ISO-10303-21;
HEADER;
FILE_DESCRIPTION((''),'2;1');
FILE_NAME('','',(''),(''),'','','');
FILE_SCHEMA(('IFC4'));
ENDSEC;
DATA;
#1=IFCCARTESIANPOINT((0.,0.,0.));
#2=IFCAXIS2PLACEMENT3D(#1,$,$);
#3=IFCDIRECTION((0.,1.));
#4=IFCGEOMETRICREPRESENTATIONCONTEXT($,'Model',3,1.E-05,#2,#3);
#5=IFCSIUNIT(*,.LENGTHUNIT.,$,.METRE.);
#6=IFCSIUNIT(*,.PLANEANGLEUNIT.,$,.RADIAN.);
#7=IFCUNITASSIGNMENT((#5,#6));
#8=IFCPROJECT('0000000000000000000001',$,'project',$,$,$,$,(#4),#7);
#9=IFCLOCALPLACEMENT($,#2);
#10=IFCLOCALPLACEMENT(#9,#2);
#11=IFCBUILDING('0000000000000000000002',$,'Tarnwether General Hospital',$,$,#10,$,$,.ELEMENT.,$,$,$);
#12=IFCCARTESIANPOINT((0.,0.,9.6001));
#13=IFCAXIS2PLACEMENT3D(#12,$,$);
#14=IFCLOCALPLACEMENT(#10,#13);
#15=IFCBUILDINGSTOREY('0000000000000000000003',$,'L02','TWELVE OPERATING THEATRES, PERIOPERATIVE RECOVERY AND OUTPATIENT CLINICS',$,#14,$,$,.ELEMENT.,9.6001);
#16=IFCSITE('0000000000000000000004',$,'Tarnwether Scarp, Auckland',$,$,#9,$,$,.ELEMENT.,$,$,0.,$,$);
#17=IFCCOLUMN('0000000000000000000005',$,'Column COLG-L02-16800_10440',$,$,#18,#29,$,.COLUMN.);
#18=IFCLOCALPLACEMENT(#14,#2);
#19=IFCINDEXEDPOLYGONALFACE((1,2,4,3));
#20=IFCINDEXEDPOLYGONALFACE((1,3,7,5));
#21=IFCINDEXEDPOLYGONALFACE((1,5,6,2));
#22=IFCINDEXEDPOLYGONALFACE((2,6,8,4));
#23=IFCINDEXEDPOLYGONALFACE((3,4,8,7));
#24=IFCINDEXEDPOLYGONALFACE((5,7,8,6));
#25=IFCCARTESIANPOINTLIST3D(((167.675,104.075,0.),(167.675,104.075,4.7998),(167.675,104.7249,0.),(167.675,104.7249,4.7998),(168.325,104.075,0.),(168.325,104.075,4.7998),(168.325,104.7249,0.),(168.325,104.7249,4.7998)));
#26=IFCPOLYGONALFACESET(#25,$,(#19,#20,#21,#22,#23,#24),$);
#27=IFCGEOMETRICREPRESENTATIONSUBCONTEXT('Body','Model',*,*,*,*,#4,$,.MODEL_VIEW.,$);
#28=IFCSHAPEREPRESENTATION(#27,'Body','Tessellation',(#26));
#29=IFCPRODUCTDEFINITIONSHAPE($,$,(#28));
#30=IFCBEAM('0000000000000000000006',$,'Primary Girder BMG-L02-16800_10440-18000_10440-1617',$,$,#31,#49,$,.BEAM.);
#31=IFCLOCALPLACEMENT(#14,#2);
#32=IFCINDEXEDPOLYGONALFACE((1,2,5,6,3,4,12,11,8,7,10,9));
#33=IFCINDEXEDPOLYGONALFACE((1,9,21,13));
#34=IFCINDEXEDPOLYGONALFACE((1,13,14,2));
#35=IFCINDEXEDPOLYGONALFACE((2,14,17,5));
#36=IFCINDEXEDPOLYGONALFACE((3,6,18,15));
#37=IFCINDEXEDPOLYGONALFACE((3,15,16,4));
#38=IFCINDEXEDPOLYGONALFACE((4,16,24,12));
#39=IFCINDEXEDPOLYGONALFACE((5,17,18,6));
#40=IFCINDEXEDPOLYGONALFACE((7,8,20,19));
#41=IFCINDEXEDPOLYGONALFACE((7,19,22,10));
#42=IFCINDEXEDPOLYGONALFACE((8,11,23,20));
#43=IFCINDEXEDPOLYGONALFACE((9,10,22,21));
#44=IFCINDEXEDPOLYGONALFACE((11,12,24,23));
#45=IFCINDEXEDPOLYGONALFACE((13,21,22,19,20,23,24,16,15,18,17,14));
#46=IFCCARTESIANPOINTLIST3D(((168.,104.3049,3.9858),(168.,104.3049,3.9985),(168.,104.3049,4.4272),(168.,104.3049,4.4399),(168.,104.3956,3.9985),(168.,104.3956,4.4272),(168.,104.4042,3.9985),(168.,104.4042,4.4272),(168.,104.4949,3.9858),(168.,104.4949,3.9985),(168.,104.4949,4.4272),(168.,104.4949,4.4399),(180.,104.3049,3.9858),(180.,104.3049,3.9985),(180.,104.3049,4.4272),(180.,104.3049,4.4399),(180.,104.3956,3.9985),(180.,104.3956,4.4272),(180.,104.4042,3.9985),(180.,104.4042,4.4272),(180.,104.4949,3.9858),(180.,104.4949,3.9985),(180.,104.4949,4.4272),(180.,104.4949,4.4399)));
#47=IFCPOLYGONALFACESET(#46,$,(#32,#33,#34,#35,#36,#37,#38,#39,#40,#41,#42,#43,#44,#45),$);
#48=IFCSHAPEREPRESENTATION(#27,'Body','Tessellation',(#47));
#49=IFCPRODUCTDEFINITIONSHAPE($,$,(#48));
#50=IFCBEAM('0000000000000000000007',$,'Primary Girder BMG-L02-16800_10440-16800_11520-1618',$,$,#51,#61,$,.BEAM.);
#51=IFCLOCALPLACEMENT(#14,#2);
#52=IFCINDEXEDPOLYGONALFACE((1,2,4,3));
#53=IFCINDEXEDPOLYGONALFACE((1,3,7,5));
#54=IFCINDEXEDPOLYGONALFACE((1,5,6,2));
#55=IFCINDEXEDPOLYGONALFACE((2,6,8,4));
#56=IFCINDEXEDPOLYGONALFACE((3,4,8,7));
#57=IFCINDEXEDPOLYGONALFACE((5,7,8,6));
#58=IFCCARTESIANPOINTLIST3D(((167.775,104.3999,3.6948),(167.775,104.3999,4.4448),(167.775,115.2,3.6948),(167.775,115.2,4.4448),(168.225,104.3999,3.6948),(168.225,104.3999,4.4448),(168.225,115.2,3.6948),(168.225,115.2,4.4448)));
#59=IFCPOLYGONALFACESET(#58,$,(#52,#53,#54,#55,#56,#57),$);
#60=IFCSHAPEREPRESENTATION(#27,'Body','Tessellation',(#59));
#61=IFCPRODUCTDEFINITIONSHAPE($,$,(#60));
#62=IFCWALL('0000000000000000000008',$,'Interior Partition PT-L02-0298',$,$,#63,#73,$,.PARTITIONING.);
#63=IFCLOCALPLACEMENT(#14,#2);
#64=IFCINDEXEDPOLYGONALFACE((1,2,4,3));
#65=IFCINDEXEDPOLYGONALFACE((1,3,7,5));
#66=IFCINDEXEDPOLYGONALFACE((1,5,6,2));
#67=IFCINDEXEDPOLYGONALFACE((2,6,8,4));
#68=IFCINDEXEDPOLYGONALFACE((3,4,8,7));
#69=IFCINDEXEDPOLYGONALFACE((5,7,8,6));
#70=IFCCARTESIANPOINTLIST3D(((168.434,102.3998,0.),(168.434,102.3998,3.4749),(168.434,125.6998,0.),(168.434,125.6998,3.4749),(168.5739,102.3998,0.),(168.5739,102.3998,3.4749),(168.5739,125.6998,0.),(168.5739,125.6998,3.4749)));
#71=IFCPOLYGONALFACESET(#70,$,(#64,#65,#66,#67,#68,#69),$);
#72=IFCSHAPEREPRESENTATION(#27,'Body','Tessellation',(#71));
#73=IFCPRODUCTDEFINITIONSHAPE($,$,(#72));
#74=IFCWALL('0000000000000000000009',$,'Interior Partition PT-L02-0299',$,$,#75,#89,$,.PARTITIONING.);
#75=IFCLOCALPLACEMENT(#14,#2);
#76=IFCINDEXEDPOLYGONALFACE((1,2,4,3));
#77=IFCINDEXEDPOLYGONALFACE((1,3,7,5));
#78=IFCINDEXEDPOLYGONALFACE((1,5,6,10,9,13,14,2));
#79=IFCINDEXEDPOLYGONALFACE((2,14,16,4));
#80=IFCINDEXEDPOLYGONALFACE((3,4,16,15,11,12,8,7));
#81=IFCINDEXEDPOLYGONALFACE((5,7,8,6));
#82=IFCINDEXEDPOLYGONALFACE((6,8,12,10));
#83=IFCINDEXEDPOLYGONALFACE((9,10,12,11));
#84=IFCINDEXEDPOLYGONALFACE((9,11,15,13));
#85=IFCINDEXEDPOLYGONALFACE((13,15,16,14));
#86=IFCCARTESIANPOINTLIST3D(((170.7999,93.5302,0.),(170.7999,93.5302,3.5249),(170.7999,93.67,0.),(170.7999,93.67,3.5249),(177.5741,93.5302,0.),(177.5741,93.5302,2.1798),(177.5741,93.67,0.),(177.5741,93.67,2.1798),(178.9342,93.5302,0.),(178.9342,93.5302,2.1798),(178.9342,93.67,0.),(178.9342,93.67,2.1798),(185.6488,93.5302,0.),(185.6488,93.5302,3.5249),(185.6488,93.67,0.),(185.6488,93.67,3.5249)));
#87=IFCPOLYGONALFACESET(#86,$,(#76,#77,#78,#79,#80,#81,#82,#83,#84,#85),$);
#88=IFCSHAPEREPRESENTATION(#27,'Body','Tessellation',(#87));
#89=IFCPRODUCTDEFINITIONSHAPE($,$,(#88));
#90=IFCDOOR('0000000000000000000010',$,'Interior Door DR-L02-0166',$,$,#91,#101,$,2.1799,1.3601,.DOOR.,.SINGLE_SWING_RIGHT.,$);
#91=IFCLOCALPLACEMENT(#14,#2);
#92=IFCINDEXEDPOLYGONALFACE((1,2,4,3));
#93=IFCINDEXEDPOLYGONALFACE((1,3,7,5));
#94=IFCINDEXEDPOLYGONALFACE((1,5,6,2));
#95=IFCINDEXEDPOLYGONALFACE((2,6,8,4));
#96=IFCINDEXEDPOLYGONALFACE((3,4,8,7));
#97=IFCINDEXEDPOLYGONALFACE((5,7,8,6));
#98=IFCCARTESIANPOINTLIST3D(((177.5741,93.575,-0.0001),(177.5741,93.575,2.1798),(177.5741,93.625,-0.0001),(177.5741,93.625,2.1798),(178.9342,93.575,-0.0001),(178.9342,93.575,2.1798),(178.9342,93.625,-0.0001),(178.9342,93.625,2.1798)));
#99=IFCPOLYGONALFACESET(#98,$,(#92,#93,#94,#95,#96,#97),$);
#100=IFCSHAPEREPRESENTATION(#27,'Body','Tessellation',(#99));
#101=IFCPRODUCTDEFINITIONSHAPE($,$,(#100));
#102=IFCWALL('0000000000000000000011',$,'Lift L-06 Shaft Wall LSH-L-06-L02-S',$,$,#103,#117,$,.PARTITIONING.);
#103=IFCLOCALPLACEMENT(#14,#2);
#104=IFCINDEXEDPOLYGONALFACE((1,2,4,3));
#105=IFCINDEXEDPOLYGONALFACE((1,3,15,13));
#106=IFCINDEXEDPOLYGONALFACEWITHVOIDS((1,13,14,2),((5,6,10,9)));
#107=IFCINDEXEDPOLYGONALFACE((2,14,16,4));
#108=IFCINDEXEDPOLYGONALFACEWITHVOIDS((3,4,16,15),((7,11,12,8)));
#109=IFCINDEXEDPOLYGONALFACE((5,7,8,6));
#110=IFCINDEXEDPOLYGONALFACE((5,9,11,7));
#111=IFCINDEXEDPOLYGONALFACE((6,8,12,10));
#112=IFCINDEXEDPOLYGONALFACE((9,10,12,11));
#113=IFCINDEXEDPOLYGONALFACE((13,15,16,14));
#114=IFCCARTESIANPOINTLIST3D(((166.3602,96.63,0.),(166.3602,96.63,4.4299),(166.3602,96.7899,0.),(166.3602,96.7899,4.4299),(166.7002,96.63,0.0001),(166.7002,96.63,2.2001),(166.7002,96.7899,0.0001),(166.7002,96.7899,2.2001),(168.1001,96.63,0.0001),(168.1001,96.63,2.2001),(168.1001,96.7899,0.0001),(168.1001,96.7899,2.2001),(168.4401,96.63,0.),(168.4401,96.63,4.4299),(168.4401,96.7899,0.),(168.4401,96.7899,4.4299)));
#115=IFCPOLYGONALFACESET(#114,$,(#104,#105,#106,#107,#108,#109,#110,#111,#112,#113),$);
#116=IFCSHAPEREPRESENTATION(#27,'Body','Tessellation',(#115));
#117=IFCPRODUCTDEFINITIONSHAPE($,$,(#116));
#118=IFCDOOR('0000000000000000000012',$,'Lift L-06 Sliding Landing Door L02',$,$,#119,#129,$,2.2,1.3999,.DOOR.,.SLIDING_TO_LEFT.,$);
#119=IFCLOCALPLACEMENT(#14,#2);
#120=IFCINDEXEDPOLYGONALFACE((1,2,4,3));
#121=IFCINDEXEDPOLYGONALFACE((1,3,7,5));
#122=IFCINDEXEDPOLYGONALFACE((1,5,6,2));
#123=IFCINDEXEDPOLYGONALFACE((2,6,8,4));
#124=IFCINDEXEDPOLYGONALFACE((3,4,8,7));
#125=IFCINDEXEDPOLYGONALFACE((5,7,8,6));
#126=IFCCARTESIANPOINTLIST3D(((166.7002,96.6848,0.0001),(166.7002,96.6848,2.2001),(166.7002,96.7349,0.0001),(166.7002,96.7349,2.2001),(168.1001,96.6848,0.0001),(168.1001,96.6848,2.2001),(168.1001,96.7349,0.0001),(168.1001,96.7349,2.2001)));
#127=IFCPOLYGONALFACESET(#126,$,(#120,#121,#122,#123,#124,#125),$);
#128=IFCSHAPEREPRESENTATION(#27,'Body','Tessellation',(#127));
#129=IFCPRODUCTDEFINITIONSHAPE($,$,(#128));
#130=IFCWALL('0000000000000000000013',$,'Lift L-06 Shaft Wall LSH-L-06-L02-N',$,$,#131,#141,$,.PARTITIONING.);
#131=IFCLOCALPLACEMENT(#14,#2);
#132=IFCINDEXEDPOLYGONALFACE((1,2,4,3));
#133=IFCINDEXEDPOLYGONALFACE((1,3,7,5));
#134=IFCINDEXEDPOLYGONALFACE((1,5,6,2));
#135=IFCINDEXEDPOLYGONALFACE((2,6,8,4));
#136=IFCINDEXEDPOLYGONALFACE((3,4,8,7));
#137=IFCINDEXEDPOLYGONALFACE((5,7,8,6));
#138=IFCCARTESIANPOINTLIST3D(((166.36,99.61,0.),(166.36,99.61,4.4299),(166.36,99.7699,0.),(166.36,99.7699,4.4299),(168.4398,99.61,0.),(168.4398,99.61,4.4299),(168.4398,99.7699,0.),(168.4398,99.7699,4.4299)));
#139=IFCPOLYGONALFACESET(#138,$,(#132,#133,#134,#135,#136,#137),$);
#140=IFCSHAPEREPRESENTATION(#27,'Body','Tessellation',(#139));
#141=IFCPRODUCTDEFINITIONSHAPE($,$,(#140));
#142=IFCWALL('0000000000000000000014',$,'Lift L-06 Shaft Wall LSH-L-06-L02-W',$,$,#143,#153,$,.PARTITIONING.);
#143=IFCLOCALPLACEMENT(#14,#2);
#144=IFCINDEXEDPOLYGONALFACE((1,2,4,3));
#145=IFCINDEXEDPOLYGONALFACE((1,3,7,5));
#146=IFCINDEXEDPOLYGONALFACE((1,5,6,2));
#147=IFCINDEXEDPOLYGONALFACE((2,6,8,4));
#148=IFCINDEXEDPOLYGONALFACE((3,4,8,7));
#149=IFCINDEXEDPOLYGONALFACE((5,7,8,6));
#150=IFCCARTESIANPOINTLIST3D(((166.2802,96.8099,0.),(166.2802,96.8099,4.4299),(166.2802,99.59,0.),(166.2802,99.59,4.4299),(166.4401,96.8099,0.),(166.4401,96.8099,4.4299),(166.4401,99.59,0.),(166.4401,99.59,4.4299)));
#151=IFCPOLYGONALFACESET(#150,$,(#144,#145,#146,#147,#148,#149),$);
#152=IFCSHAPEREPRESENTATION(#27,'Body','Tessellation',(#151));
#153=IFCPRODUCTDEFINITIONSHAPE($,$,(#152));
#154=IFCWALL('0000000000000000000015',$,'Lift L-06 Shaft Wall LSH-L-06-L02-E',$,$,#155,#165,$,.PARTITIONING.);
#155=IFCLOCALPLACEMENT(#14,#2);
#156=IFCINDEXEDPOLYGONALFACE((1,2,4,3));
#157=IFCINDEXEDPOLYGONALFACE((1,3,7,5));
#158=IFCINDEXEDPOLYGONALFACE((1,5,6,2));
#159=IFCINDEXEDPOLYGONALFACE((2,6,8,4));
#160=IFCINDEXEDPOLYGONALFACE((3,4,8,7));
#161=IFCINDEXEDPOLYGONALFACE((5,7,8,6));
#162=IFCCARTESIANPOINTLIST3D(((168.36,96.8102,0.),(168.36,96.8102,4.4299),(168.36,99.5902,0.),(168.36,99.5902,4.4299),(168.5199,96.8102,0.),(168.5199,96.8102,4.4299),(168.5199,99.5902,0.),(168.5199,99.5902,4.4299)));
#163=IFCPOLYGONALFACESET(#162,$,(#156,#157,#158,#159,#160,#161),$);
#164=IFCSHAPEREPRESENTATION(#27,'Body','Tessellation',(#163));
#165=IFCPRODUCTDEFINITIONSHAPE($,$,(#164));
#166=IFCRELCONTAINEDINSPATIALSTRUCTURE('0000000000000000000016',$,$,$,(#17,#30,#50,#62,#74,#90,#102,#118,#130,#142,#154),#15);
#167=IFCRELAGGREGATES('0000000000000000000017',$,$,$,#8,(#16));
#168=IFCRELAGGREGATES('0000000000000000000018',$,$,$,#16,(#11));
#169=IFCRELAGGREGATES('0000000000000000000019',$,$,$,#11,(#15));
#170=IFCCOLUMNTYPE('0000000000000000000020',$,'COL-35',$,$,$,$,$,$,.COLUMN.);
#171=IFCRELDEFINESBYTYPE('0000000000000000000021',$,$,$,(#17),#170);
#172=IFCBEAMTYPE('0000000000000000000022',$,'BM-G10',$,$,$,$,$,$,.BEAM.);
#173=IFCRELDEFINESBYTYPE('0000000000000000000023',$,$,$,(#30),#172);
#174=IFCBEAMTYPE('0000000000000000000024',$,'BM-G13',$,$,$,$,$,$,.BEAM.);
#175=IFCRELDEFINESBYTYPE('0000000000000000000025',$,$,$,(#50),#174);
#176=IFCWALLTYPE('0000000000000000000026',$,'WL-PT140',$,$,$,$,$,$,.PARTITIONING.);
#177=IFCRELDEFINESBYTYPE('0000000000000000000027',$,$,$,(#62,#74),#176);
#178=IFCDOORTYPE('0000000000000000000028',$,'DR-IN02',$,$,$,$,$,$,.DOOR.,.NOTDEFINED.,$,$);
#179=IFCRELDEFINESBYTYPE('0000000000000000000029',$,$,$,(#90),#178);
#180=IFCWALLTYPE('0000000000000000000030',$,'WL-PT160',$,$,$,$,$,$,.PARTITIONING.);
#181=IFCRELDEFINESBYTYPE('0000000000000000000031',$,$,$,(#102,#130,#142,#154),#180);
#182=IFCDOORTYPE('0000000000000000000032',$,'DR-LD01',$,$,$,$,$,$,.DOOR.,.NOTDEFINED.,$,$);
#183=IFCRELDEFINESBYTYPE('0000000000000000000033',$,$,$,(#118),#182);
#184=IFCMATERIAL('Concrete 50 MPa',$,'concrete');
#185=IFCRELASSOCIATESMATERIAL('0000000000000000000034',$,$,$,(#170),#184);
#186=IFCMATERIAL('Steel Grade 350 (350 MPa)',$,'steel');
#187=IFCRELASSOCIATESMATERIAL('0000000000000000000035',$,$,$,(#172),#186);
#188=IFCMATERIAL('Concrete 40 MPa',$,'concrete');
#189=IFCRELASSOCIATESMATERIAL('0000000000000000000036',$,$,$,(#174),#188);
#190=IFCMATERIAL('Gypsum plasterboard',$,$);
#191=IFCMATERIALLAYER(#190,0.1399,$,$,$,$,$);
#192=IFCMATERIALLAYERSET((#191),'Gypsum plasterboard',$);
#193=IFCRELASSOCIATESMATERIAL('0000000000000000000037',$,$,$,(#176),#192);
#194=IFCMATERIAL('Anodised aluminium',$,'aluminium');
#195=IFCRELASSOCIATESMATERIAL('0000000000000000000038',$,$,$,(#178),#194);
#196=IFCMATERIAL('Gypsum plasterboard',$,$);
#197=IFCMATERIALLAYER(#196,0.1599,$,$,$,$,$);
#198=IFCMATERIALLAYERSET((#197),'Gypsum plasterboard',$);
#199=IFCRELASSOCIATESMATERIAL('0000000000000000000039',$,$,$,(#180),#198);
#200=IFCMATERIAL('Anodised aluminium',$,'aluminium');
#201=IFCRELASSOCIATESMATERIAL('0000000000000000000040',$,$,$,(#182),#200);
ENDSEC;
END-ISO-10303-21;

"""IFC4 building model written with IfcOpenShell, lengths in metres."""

from ifc_helpers import new_model, si_unit, direction, frame, frame_2d, origin, origin_2d, place, context, subcontext, project, spatial, rectangle, i_section, extrude, material, layer, layer_set, material_profile, profile_set, type_object, element, fill, save


model = new_model("IFC4")

# Units and contexts
model_context = context("Model", 3, precision=1e-05, world=origin(), true_north=direction((0.0, 1.0)))
body_context = subcontext(model_context, "Body", "Model", "MODEL_VIEW")
ifc_project = project(units=[si_unit("LENGTHUNIT", "METRE"), si_unit("PLANEANGLEUNIT", "RADIAN")], contexts=[model_context])

# Site, building, storey
site_placement = place(None, origin())
site = spatial("IfcSite", under=ifc_project, at=site_placement, Name="Tarnwether Scarp, Auckland", CompositionType="ELEMENT", RefElevation=0.0)
building_placement = place(site_placement, origin())
building = spatial("IfcBuilding", under=site, at=building_placement, Name="Tarnwether General Hospital", CompositionType="ELEMENT")
storey_placement = place(building_placement, frame((0.0, 0.0, 9.6001)))
storey = spatial("IfcBuildingStorey", under=building, at=storey_placement, Name="L02", Description="TWELVE OPERATING THEATRES, PERIOPERATIVE RECOVERY AND OUTPATIENT CLINICS", CompositionType="ELEMENT", Elevation=9.6001)

# Column
ifc_material_1 = material(Name="Concrete 50 MPa", Category="concrete")
ifc_material_profile_1 = material_profile(ifc_material_1, rectangle(XDim=0.6499, YDim=0.6499, at=origin_2d()), Name="RC-COL-650x650")
ifc_profile_set_1 = profile_set([ifc_material_profile_1], Name="Concrete 50 MPa")
column_type = type_object("IfcColumnType", Name="COL-35", PredefinedType="COLUMN", material=ifc_profile_set_1)
column_placement = place(storey_placement, frame((168.0, 104.3999, 0.0), z_axis=(0.0, 0.0, 1.0), x_axis=(1.0, 0.0, 0.0)))
element("IfcColumn", 1, at=column_placement, inside=storey, type_object=column_type, Name="Column COLG-L02-16800_10440", PredefinedType="COLUMN", context=body_context, shape_type="SweptSolid", body=[
    extrude(rectangle(XDim=0.6499, YDim=0.6499, at=origin_2d()), origin(), (0.0, 0.0, 1.0), 4.7998),
])

# Beams
ifc_material_2 = material(Name="Steel Grade 350 (350 MPa)", Category="steel")
ifc_material_profile_2 = material_profile(ifc_material_2, i_section(OverallWidth=0.1899, OverallDepth=0.4541, WebThickness=0.0085, FlangeThickness=0.0127, at=origin_2d()), Name="460UB67.1")
ifc_profile_set_2 = profile_set([ifc_material_profile_2], Name="Steel Grade 350 (350 MPa)")
beam_type_1 = type_object("IfcBeamType", Name="BM-G10", PredefinedType="BEAM", material=ifc_profile_set_2)
beam_1_placement = place(storey_placement, frame((168.0, 104.3999, 4.2129), z_axis=(1.0, 0.0, 0.0), x_axis=(0.0, 1.0, 0.0)))
element("IfcBeam", 2, at=beam_1_placement, inside=storey, type_object=beam_type_1, Name="Primary Girder BMG-L02-16800_10440-18000_10440-1617", PredefinedType="BEAM", context=body_context, shape_type="SweptSolid", body=[
    extrude(i_section(OverallWidth=0.1899, OverallDepth=0.4541, WebThickness=0.0085, FlangeThickness=0.0127, at=origin_2d()), origin(), (0.0, 0.0, 1.0), 12.0),
])
ifc_material_3 = material(Name="Concrete 40 MPa", Category="concrete")
ifc_material_profile_3 = material_profile(ifc_material_3, rectangle(XDim=0.45, YDim=0.75, at=origin_2d()), Name="RC-BM-450x750")
ifc_profile_set_3 = profile_set([ifc_material_profile_3], Name="Concrete 40 MPa")
beam_type_2 = type_object("IfcBeamType", Name="BM-G13", PredefinedType="BEAM", material=ifc_profile_set_3)
beam_2_placement = place(storey_placement, frame((168.0, 104.3999, 4.0698), z_axis=(0.0, 1.0, 0.0), x_axis=(-1.0, 0.0, 0.0)))
element("IfcBeam", 3, at=beam_2_placement, inside=storey, type_object=beam_type_2, Name="Primary Girder BMG-L02-16800_10440-16800_11520-1618", PredefinedType="BEAM", context=body_context, shape_type="SweptSolid", body=[
    extrude(rectangle(XDim=0.45, YDim=0.75, at=origin_2d()), origin(), (0.0, 0.0, 1.0), 10.8),
])

# Wall
ifc_material_4 = material(Name="Gypsum plasterboard")
ifc_layer_1 = layer(ifc_material_4, 0.1399)
ifc_layer_set_1 = layer_set([ifc_layer_1], Name="Gypsum plasterboard")
wall_type_1 = type_object("IfcWallType", Name="WL-PT140", PredefinedType="PARTITIONING", material=ifc_layer_set_1)
wall_1_placement = place(storey_placement, frame((168.5039, 102.3999, 0.0), z_axis=(0.0, 0.0, 1.0), x_axis=(0.0, 1.0, 0.0)))
element("IfcWall", 4, at=wall_1_placement, inside=storey, type_object=wall_type_1, Name="Interior Partition PT-L02-0298", PredefinedType="PARTITIONING", context=body_context, shape_type="SweptSolid", body=[
    extrude(rectangle(XDim=23.3, YDim=0.1399, at=frame_2d((11.6499, 0.0))), origin(), (0.0, 0.0, 1.0), 3.4749),
])

# Walls, openings, doors
wall_2_placement = place(storey_placement, frame((170.8, 93.6001, 0.0), z_axis=(0.0, 0.0, 1.0), x_axis=(1.0, 0.0, 0.0)))
wall_2 = element("IfcWall", 5, at=wall_2_placement, inside=storey, type_object=wall_type_1, Name="Interior Partition PT-L02-0299", PredefinedType="PARTITIONING", context=body_context, shape_type="SweptSolid", body=[
    extrude(rectangle(XDim=14.8489, YDim=0.1399, at=frame_2d((7.4243, 0.0))), origin(), (0.0, 0.0, 1.0), 3.5249),
])
opening_1_placement = place(wall_2_placement, frame((6.7739, 0.0, 0.0)))
opening_1 = element("IfcOpeningElement", 6, at=opening_1_placement, cuts=wall_2, PredefinedType="OPENING", context=body_context, shape_type="SweptSolid", body=[
    extrude(rectangle(XDim=1.3601, YDim=2.1799, at=frame_2d((0.6802, 1.0898))), frame((0.0, 0.0801, 0.0), z_axis=(0.0, -1.0, 0.0), x_axis=(1.0, 0.0, 0.0)), (0.0, 0.0, 1.0), 0.1599),
])
ifc_material_5 = material(Name="Anodised aluminium", Category="aluminium")
door_type_1 = type_object("IfcDoorType", Name="DR-IN02", OperationType="NOTDEFINED", PredefinedType="DOOR", material=ifc_material_5)
door_1_placement = place(opening_1_placement, origin())
door_1 = element("IfcDoor", 7, at=door_1_placement, inside=storey, type_object=door_type_1, Name="Interior Door DR-L02-0166", OperationType="SINGLE_SWING_RIGHT", OverallHeight=2.1799, OverallWidth=1.3601, PredefinedType="DOOR", context=body_context, shape_type="SweptSolid", body=[
    extrude(rectangle(XDim=1.3601, YDim=2.1799, at=frame_2d((0.6802, 1.0898))), frame((0.0, 0.0249, 0.0), z_axis=(0.0, -1.0, 0.0), x_axis=(1.0, 0.0, 0.0)), (0.0, 0.0, 1.0), 0.05),
])
fill(opening_1, door_1)
ifc_material_6 = material(Name="Gypsum plasterboard")
ifc_layer_2 = layer(ifc_material_6, 0.1599)
ifc_layer_set_2 = layer_set([ifc_layer_2], Name="Gypsum plasterboard")
wall_type_2 = type_object("IfcWallType", Name="WL-PT160", PredefinedType="PARTITIONING", material=ifc_layer_set_2)
wall_3_placement = place(storey_placement, frame((166.3601, 96.71, 0.0), z_axis=(0.0, 0.0, 1.0), x_axis=(1.0, 0.0, 0.0)))
wall_3 = element("IfcWall", 8, at=wall_3_placement, inside=storey, type_object=wall_type_2, Name="Lift L-06 Shaft Wall LSH-L-06-L02-S", PredefinedType="PARTITIONING", context=body_context, shape_type="SweptSolid", body=[
    extrude(rectangle(XDim=2.0798, YDim=0.1599, at=frame_2d((1.04, 0.0))), origin(), (0.0, 0.0, 1.0), 4.4299),
])
opening_2_placement = place(wall_3_placement, frame((0.3401, 0.0, 0.0)))
opening_2 = element("IfcOpeningElement", 9, at=opening_2_placement, cuts=wall_3, PredefinedType="OPENING", context=body_context, shape_type="SweptSolid", body=[
    extrude(rectangle(XDim=1.3999, YDim=2.2, at=frame_2d((0.7, 1.1001))), frame((0.0, 0.0898, 0.0), z_axis=(0.0, -1.0, 0.0), x_axis=(1.0, 0.0, 0.0)), (0.0, 0.0, 1.0), 0.1799),
])
ifc_material_7 = material(Name="Anodised aluminium", Category="aluminium")
door_type_2 = type_object("IfcDoorType", Name="DR-LD01", OperationType="NOTDEFINED", PredefinedType="DOOR", material=ifc_material_7)
door_2_placement = place(opening_2_placement, origin())
door_2 = element("IfcDoor", 10, at=door_2_placement, inside=storey, type_object=door_type_2, Name="Lift L-06 Sliding Landing Door L02", OperationType="SLIDING_TO_LEFT", OverallHeight=2.2, OverallWidth=1.3999, PredefinedType="DOOR", context=body_context, shape_type="SweptSolid", body=[
    extrude(rectangle(XDim=1.3999, YDim=2.2, at=frame_2d((0.7, 1.1001))), frame((0.0, 0.0249, 0.0), z_axis=(0.0, -1.0, 0.0), x_axis=(1.0, 0.0, 0.0)), (0.0, 0.0, 1.0), 0.05),
])
fill(opening_2, door_2)

# Walls
wall_4_placement = place(storey_placement, frame((168.4399, 99.6899, 0.0), z_axis=(0.0, 0.0, 1.0), x_axis=(-1.0, 0.0, 0.0)))
element("IfcWall", 11, at=wall_4_placement, inside=storey, type_object=wall_type_2, Name="Lift L-06 Shaft Wall LSH-L-06-L02-N", PredefinedType="PARTITIONING", context=body_context, shape_type="SweptSolid", body=[
    extrude(rectangle(XDim=2.0798, YDim=0.1599, at=frame_2d((1.04, 0.0))), origin(), (0.0, 0.0, 1.0), 4.4299),
])
for number, where, z_axis, x_axis, name in (
    (12, (166.3601, 99.5901, 0.0), (0.0, 0.0, 1.0), (0.0, -1.0, 0.0), "Lift L-06 Shaft Wall LSH-L-06-L02-W"),
    (13, (168.4399, 96.8101, 0.0), (0.0, 0.0, 1.0), (0.0, 1.0, 0.0), "Lift L-06 Shaft Wall LSH-L-06-L02-E"),
):
    element("IfcWall", number, at=place(storey_placement, frame(where, z_axis=z_axis, x_axis=x_axis)), inside=storey, type_object=wall_type_2, Name=name, PredefinedType="PARTITIONING", context=body_context, shape_type="SweptSolid", body=[
        extrude(rectangle(XDim=2.78, YDim=0.1599, at=frame_2d((1.3901, 0.0))), origin(), (0.0, 0.0, 1.0), 4.4299),
    ])

save(model, "model.ifc")
